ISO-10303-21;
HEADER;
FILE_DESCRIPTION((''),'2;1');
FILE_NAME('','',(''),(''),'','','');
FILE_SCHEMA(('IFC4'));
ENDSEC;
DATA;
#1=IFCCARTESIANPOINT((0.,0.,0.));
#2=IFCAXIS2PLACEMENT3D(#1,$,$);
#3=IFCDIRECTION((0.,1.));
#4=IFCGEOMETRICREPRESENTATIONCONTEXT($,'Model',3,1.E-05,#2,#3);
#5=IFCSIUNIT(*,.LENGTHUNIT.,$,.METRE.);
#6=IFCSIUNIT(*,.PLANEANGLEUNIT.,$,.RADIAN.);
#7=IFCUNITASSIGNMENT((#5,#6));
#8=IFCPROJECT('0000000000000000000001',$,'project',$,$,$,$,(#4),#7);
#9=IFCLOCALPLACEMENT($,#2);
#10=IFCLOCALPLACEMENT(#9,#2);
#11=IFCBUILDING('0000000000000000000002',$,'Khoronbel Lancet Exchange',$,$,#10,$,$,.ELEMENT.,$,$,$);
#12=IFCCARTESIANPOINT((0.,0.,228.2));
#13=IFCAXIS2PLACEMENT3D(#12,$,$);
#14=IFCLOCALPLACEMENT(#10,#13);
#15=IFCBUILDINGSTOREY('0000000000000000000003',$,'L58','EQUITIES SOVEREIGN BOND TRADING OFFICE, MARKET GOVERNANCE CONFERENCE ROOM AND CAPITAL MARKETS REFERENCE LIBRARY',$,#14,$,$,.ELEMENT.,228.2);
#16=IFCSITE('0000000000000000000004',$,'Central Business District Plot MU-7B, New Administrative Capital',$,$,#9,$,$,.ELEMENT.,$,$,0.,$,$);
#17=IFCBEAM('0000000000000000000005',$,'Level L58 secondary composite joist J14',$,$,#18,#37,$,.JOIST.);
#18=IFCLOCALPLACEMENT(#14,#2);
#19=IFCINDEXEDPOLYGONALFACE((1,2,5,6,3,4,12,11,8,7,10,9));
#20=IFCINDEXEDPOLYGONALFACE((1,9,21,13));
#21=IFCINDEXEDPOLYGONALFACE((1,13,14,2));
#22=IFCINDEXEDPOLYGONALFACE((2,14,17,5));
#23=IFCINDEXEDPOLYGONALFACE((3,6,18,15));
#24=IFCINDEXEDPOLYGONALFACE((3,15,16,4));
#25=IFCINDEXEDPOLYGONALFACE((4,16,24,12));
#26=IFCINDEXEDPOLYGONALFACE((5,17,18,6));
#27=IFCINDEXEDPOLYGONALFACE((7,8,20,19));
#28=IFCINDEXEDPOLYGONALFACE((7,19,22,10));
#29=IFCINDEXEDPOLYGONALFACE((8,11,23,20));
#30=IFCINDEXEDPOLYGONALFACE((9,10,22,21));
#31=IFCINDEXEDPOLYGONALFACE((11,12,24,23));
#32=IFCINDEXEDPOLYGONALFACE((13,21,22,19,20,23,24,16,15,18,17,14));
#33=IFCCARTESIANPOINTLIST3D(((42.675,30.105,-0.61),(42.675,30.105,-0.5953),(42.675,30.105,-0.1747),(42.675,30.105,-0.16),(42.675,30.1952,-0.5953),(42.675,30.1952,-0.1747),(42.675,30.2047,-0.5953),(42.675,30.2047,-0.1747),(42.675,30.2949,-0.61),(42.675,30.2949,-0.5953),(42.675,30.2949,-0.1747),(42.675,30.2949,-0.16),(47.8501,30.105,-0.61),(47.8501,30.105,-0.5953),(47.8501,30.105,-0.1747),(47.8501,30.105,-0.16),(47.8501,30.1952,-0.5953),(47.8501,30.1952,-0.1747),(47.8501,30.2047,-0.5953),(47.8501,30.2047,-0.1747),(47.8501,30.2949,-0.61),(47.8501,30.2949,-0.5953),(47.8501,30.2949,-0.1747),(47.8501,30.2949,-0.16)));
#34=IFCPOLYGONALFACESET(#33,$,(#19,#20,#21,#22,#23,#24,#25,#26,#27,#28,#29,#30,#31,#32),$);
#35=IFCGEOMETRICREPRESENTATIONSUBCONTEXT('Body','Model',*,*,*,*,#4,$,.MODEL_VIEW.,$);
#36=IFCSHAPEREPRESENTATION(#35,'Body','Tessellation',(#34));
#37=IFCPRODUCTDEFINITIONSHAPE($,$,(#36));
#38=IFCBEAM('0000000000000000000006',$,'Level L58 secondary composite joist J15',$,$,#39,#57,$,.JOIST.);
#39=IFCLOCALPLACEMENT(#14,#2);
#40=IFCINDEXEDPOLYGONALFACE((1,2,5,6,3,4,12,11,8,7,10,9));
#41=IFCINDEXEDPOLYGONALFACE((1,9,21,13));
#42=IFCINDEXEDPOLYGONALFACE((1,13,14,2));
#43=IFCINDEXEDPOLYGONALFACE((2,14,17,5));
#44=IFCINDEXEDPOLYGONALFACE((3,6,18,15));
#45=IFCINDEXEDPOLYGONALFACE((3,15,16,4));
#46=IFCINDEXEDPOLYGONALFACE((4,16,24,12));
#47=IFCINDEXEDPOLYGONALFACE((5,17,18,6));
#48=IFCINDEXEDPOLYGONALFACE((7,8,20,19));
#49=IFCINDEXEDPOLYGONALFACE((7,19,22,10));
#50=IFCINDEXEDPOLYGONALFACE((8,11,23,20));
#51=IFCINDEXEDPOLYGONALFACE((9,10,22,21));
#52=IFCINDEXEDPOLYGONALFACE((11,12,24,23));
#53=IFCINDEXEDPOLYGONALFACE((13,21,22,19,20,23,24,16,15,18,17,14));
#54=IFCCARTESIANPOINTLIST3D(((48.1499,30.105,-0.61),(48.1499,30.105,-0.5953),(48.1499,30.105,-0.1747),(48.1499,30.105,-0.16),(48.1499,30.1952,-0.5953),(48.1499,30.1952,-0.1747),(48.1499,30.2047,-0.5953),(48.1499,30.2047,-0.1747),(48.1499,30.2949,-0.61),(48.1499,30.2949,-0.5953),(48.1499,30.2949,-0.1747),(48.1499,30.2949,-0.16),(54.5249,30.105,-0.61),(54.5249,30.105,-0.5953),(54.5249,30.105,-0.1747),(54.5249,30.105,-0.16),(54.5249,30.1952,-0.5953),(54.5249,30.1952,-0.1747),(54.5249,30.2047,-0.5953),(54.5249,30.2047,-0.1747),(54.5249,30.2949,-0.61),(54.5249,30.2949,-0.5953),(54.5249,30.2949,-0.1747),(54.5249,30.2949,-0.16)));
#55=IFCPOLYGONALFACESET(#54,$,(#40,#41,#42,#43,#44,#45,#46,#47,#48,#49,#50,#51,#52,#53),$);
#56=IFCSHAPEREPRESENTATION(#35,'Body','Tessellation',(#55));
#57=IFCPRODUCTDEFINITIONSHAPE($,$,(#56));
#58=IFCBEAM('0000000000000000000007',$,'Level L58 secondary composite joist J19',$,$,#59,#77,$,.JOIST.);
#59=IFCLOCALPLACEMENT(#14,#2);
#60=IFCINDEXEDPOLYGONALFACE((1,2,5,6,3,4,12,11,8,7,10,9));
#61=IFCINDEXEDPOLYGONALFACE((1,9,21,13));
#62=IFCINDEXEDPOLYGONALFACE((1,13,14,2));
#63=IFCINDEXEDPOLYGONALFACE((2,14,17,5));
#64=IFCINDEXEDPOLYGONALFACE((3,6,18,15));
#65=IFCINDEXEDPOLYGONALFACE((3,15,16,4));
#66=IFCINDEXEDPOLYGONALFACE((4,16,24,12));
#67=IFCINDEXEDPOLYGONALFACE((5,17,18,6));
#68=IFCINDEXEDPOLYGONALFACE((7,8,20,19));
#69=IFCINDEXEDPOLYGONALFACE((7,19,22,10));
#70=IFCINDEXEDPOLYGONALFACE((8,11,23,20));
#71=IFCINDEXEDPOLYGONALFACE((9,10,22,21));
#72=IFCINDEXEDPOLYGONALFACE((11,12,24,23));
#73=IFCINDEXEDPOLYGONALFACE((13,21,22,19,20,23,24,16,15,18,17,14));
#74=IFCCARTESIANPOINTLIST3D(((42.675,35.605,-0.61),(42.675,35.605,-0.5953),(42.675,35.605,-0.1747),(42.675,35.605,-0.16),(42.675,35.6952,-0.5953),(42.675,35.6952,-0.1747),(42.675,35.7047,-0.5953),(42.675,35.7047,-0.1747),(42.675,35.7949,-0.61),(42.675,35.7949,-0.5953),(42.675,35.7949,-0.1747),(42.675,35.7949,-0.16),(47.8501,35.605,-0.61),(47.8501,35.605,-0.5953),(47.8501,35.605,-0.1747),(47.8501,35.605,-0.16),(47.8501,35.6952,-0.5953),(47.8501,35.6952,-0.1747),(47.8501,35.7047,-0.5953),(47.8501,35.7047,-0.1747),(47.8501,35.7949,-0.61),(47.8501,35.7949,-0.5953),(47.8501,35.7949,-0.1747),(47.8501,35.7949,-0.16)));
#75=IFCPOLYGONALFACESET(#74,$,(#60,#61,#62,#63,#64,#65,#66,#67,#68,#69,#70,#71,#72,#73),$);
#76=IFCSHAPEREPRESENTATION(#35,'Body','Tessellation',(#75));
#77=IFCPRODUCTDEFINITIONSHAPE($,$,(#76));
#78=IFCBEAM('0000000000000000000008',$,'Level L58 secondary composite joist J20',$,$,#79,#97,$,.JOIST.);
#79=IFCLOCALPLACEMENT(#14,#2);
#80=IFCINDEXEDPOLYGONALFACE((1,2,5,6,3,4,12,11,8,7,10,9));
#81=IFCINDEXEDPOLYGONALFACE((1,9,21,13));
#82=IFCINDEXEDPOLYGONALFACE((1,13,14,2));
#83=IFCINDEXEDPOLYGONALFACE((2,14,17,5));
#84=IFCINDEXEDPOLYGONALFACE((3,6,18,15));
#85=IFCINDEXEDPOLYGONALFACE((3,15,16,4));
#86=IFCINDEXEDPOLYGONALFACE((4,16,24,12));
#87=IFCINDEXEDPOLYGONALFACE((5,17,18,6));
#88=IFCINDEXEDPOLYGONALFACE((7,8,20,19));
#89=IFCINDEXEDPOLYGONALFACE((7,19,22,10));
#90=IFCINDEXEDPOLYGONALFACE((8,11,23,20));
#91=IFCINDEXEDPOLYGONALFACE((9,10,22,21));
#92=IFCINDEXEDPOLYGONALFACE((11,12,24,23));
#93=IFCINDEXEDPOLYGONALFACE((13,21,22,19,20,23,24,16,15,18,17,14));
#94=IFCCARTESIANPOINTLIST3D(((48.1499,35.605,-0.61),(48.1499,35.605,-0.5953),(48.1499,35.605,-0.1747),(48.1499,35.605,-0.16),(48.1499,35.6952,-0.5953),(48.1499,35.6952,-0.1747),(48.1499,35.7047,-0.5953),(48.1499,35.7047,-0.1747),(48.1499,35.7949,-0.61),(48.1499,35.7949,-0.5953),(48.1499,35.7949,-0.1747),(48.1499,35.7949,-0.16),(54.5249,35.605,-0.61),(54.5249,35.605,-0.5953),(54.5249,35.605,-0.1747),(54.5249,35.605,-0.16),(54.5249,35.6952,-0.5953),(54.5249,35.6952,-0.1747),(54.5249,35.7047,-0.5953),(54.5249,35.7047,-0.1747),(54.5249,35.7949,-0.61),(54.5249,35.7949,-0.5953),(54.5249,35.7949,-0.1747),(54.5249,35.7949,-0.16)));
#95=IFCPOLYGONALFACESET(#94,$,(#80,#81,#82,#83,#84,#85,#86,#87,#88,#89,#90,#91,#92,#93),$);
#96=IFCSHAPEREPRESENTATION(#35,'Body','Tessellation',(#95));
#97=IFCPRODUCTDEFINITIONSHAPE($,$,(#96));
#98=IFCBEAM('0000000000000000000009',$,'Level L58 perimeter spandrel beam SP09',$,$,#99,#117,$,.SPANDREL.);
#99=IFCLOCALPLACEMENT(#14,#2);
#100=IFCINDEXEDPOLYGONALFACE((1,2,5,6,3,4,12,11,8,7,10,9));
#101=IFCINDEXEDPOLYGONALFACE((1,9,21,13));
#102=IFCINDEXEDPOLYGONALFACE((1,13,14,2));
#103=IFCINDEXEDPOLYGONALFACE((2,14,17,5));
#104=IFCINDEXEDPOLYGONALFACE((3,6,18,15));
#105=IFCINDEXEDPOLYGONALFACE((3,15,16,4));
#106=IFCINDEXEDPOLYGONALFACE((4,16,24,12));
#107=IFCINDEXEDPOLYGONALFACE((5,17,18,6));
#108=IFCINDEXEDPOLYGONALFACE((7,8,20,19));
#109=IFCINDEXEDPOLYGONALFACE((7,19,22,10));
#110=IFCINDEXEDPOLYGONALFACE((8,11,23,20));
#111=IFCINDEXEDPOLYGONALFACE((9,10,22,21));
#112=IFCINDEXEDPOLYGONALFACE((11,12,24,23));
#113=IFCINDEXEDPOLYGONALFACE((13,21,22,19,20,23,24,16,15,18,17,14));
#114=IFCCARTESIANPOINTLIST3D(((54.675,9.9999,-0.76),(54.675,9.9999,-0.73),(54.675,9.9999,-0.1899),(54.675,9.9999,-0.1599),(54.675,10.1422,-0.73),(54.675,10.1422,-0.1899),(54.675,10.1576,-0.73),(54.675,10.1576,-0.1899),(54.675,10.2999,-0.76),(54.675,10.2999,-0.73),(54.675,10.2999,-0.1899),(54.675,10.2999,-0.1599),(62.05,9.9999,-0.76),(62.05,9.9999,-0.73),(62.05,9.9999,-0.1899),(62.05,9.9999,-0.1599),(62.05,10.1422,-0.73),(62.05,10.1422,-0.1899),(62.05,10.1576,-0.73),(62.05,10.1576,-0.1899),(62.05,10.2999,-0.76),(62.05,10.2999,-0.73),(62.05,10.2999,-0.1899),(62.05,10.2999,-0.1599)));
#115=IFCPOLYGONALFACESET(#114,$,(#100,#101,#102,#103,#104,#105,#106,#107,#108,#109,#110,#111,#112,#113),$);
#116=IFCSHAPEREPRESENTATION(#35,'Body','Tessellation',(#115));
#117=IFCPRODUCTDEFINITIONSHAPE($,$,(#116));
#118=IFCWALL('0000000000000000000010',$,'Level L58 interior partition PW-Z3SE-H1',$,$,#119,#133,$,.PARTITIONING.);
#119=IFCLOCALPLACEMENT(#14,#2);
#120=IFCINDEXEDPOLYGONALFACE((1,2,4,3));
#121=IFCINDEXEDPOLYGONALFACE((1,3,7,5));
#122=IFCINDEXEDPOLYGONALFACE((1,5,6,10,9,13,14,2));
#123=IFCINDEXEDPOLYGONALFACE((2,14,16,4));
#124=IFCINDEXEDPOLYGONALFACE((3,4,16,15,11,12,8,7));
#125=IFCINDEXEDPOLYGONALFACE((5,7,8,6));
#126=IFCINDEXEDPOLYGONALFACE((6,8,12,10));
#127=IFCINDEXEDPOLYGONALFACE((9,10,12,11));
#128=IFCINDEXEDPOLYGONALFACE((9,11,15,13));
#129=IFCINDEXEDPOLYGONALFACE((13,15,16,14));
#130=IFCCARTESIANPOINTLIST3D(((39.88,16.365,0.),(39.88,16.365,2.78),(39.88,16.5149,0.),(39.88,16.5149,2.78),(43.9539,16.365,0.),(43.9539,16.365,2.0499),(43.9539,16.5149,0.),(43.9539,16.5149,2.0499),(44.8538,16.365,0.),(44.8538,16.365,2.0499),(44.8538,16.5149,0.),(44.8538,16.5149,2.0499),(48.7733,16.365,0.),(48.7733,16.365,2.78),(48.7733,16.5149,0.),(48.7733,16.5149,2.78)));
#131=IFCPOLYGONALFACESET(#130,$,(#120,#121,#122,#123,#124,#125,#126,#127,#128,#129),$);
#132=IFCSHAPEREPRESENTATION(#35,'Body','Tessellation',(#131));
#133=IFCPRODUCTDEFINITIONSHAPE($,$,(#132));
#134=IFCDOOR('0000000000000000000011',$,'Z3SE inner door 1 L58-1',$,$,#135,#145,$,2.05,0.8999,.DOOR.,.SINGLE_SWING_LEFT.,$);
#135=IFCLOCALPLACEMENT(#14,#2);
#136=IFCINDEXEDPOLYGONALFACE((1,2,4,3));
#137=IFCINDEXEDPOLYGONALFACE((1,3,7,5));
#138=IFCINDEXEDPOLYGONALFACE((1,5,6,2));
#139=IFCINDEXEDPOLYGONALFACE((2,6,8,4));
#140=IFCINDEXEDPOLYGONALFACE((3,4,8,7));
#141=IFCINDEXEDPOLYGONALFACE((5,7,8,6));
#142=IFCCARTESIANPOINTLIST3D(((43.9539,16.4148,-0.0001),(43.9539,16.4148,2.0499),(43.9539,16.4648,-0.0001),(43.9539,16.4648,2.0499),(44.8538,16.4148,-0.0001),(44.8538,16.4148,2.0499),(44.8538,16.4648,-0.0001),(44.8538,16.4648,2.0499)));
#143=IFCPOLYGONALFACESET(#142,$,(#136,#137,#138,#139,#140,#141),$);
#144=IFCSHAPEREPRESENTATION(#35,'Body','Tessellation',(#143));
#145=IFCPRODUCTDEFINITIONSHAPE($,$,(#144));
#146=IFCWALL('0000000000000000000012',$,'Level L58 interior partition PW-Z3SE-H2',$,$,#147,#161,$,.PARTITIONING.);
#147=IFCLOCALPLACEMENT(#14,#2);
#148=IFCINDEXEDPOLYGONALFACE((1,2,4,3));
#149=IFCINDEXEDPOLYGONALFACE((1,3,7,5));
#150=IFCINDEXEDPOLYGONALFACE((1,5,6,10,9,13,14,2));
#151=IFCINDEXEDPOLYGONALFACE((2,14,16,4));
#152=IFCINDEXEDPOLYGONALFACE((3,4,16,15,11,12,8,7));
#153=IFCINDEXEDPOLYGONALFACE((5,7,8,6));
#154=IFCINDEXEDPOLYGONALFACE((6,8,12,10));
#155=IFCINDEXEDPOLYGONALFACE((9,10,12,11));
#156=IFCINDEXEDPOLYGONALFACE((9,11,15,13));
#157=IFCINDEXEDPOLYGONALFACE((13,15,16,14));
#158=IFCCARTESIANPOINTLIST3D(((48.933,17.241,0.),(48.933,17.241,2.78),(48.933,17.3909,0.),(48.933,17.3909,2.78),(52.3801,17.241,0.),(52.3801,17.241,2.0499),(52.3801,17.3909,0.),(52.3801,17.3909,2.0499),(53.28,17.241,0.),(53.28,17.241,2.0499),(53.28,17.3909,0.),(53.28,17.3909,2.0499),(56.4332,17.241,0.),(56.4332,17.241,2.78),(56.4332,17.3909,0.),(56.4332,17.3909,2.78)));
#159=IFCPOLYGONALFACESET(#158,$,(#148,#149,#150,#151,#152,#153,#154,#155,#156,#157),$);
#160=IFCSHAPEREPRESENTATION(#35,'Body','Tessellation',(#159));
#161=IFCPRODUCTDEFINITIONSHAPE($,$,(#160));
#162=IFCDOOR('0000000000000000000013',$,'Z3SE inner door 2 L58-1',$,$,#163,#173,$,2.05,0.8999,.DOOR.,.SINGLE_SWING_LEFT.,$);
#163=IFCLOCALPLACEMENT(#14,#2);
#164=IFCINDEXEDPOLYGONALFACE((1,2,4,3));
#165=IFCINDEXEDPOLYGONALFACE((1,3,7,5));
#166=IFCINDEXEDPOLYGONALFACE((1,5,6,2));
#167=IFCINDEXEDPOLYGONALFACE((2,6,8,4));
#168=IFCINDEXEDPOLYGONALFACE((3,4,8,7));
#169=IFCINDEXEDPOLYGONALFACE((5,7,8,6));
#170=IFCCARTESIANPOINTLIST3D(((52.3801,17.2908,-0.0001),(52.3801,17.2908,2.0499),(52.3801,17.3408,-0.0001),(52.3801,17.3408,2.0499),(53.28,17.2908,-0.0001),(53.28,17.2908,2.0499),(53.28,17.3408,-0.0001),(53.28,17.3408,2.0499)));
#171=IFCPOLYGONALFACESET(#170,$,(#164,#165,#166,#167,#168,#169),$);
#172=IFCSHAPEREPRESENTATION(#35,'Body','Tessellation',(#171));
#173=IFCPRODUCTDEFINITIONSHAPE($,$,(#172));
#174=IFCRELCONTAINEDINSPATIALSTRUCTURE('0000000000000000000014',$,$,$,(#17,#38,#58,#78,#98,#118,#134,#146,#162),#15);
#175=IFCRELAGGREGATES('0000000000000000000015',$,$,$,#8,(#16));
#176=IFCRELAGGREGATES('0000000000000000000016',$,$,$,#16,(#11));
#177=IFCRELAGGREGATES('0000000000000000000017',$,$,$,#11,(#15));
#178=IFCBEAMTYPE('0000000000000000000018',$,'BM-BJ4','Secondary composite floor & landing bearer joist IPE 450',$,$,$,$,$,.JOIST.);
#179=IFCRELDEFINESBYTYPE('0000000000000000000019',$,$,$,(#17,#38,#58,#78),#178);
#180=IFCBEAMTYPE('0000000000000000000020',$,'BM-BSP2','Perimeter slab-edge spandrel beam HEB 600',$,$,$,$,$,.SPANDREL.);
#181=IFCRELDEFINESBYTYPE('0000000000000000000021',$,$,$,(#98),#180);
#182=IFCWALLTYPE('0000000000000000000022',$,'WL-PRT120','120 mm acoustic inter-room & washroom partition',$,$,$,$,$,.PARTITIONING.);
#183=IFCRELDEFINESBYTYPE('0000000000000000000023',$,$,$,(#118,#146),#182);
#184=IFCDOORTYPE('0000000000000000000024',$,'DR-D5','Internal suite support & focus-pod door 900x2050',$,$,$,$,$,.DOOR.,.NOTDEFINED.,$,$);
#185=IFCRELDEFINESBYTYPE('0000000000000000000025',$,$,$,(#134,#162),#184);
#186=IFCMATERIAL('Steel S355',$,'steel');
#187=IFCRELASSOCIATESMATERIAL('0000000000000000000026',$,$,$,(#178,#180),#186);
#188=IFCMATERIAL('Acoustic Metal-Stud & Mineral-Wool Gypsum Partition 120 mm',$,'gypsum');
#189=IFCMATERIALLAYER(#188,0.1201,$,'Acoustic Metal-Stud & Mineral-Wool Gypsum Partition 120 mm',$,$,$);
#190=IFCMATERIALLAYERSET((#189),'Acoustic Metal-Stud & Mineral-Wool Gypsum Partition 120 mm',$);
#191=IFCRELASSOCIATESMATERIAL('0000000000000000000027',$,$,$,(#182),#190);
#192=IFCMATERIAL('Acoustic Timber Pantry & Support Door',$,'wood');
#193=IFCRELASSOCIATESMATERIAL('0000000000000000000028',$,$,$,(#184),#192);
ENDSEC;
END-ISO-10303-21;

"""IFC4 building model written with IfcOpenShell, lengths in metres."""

from ifc_helpers import new_model, si_unit, direction, frame, frame_2d, origin, origin_2d, place, context, subcontext, project, spatial, rectangle, i_section, extrude, material, layer, layer_set, material_profile, profile_set, type_object, element, fill, save


model = new_model("IFC4")

# Units and contexts
model_context = context("Model", 3, precision=1e-05, world=origin(), true_north=direction((0.0, 1.0)))
body_context = subcontext(model_context, "Body", "Model", "MODEL_VIEW")
ifc_project = project(units=[si_unit("LENGTHUNIT", "METRE"), si_unit("PLANEANGLEUNIT", "RADIAN")], contexts=[model_context])

# Site, building, storey
site_placement = place(None, origin())
site = spatial("IfcSite", under=ifc_project, at=site_placement, Name="Central Business District Plot MU-7B, New Administrative Capital", CompositionType="ELEMENT", RefElevation=0.0)
building_placement = place(site_placement, origin())
building = spatial("IfcBuilding", under=site, at=building_placement, Name="Khoronbel Lancet Exchange", CompositionType="ELEMENT")
storey_placement = place(building_placement, frame((0.0, 0.0, 228.2)))
storey = spatial("IfcBuildingStorey", under=building, at=storey_placement, Name="L58", Description="EQUITIES SOVEREIGN BOND TRADING OFFICE, MARKET GOVERNANCE CONFERENCE ROOM AND CAPITAL MARKETS REFERENCE LIBRARY", CompositionType="ELEMENT", Elevation=228.2)

# Shared definitions
ifc_material_1 = material(Name="Steel S355", Category="steel")

# Beams
ifc_material_profile_1 = material_profile(ifc_material_1, i_section(OverallWidth=0.1899, OverallDepth=0.45, WebThickness=0.0095, FlangeThickness=0.0146, at=origin_2d()), Name="IPE 450")
ifc_profile_set_1 = profile_set([ifc_material_profile_1], Name="Steel S355")
beam_type_1 = type_object("IfcBeamType", Name="BM-BJ4", Description="Secondary composite floor & landing bearer joist IPE 450", PredefinedType="JOIST", material=ifc_profile_set_1)
beam_1_placement = place(storey_placement, frame((42.675, 30.2, -0.385), z_axis=(1.0, 0.0, 0.0), x_axis=(0.0, 1.0, 0.0)))
element("IfcBeam", 1, at=beam_1_placement, inside=storey, type_object=beam_type_1, Name="Level L58 secondary composite joist J14", PredefinedType="JOIST", context=body_context, shape_type="SweptSolid", body=[
    extrude(i_section(OverallWidth=0.1899, OverallDepth=0.45, WebThickness=0.0095, FlangeThickness=0.0146, at=origin_2d()), origin(), (0.0, 0.0, 1.0), 5.175),
])
beam_2_placement = place(storey_placement, frame((48.1499, 30.2, -0.385), z_axis=(1.0, 0.0, 0.0), x_axis=(0.0, 1.0, 0.0)))
element("IfcBeam", 2, at=beam_2_placement, inside=storey, type_object=beam_type_1, Name="Level L58 secondary composite joist J15", PredefinedType="JOIST", context=body_context, shape_type="SweptSolid", body=[
    extrude(i_section(OverallWidth=0.1899, OverallDepth=0.45, WebThickness=0.0095, FlangeThickness=0.0146, at=origin_2d()), origin(), (0.0, 0.0, 1.0), 6.375),
])
beam_3_placement = place(storey_placement, frame((42.675, 35.7, -0.385), z_axis=(1.0, 0.0, 0.0), x_axis=(0.0, 1.0, 0.0)))
element("IfcBeam", 3, at=beam_3_placement, inside=storey, type_object=beam_type_1, Name="Level L58 secondary composite joist J19", PredefinedType="JOIST", context=body_context, shape_type="SweptSolid", body=[
    extrude(i_section(OverallWidth=0.1899, OverallDepth=0.45, WebThickness=0.0095, FlangeThickness=0.0146, at=origin_2d()), origin(), (0.0, 0.0, 1.0), 5.175),
])
beam_4_placement = place(storey_placement, frame((48.1499, 35.7, -0.385), z_axis=(1.0, 0.0, 0.0), x_axis=(0.0, 1.0, 0.0)))
element("IfcBeam", 4, at=beam_4_placement, inside=storey, type_object=beam_type_1, Name="Level L58 secondary composite joist J20", PredefinedType="JOIST", context=body_context, shape_type="SweptSolid", body=[
    extrude(i_section(OverallWidth=0.1899, OverallDepth=0.45, WebThickness=0.0095, FlangeThickness=0.0146, at=origin_2d()), origin(), (0.0, 0.0, 1.0), 6.375),
])
ifc_material_profile_2 = material_profile(ifc_material_1, i_section(OverallWidth=0.3, OverallDepth=0.6001, WebThickness=0.0154, FlangeThickness=0.03, at=origin_2d()), Name="HEB 600")
ifc_profile_set_2 = profile_set([ifc_material_profile_2], Name="Steel S355")
beam_type_2 = type_object("IfcBeamType", Name="BM-BSP2", Description="Perimeter slab-edge spandrel beam HEB 600", PredefinedType="SPANDREL", material=ifc_profile_set_2)
beam_5_placement = place(storey_placement, frame((54.675, 10.1499, -0.46), z_axis=(1.0, 0.0, 0.0), x_axis=(0.0, 1.0, 0.0)))
element("IfcBeam", 5, at=beam_5_placement, inside=storey, type_object=beam_type_2, Name="Level L58 perimeter spandrel beam SP09", PredefinedType="SPANDREL", context=body_context, shape_type="SweptSolid", body=[
    extrude(i_section(OverallWidth=0.3, OverallDepth=0.6001, WebThickness=0.0154, FlangeThickness=0.03, at=origin_2d()), origin(), (0.0, 0.0, 1.0), 7.375),
])

# Walls, openings, doors
ifc_material_2 = material(Name="Acoustic Metal-Stud & Mineral-Wool Gypsum Partition 120 mm", Category="gypsum")
ifc_layer_1 = layer(ifc_material_2, 0.1201, Name="Acoustic Metal-Stud & Mineral-Wool Gypsum Partition 120 mm")
ifc_layer_set_1 = layer_set([ifc_layer_1], Name="Acoustic Metal-Stud & Mineral-Wool Gypsum Partition 120 mm")
wall_type_1 = type_object("IfcWallType", Name="WL-PRT120", Description="120 mm acoustic inter-room & washroom partition", PredefinedType="PARTITIONING", material=ifc_layer_set_1)
wall_1_placement = place(storey_placement, frame((39.8799, 16.4399, 0.0), z_axis=(0.0, 0.0, 1.0), x_axis=(1.0, 0.0, 0.0)))
wall_1 = element("IfcWall", 6, at=wall_1_placement, inside=storey, type_object=wall_type_1, Name="Level L58 interior partition PW-Z3SE-H1", PredefinedType="PARTITIONING", context=body_context, shape_type="SweptSolid", body=[
    extrude(rectangle(XDim=8.8933, YDim=0.1499, at=frame_2d((4.4468, 0.0))), origin(), (0.0, 0.0, 1.0), 2.78),
])
opening_1_placement = place(wall_1_placement, frame((4.074, 0.0, 0.0)))
opening_1 = element("IfcOpeningElement", 7, at=opening_1_placement, cuts=wall_1, PredefinedType="OPENING", context=body_context, shape_type="SweptSolid", body=[
    extrude(rectangle(XDim=0.8999, YDim=2.05, at=frame_2d((0.45, 1.0249))), frame((0.0, 0.085, 0.0), z_axis=(0.0, -1.0, 0.0), x_axis=(1.0, 0.0, 0.0)), (0.0, 0.0, 1.0), 0.1699),
])
ifc_material_3 = material(Name="Acoustic Timber Pantry & Support Door", Category="wood")
door_type_1 = type_object("IfcDoorType", Name="DR-D5", Description="Internal suite support & focus-pod door 900x2050", OperationType="NOTDEFINED", PredefinedType="DOOR", material=ifc_material_3)
door_1_placement = place(opening_1_placement, origin())
door_1 = element("IfcDoor", 8, at=door_1_placement, inside=storey, type_object=door_type_1, Name="Z3SE inner door 1 L58-1", OperationType="SINGLE_SWING_LEFT", OverallHeight=2.05, OverallWidth=0.8999, PredefinedType="DOOR", context=body_context, shape_type="SweptSolid", body=[
    extrude(rectangle(XDim=0.8999, YDim=2.05, at=frame_2d((0.45, 1.0249))), frame((0.0, 0.0249, 0.0), z_axis=(0.0, -1.0, 0.0), x_axis=(1.0, 0.0, 0.0)), (0.0, 0.0, 1.0), 0.05),
])
fill(opening_1, door_1)
wall_2_placement = place(storey_placement, frame((48.9331, 17.3159, 0.0), z_axis=(0.0, 0.0, 1.0), x_axis=(1.0, 0.0, 0.0)))
wall_2 = element("IfcWall", 9, at=wall_2_placement, inside=storey, type_object=wall_type_1, Name="Level L58 interior partition PW-Z3SE-H2", PredefinedType="PARTITIONING", context=body_context, shape_type="SweptSolid", body=[
    extrude(rectangle(XDim=7.5002, YDim=0.1499, at=frame_2d((3.75, 0.0))), origin(), (0.0, 0.0, 1.0), 2.78),
])
opening_2_placement = place(wall_2_placement, frame((3.447, 0.0, 0.0)))
opening_2 = element("IfcOpeningElement", 10, at=opening_2_placement, cuts=wall_2, PredefinedType="OPENING", context=body_context, shape_type="SweptSolid", body=[
    extrude(rectangle(XDim=0.8999, YDim=2.05, at=frame_2d((0.45, 1.0249))), frame((0.0, 0.085, 0.0), z_axis=(0.0, -1.0, 0.0), x_axis=(1.0, 0.0, 0.0)), (0.0, 0.0, 1.0), 0.1699),
])
door_2_placement = place(opening_2_placement, origin())
door_2 = element("IfcDoor", 11, at=door_2_placement, inside=storey, type_object=door_type_1, Name="Z3SE inner door 2 L58-1", OperationType="SINGLE_SWING_LEFT", OverallHeight=2.05, OverallWidth=0.8999, PredefinedType="DOOR", context=body_context, shape_type="SweptSolid", body=[
    extrude(rectangle(XDim=0.8999, YDim=2.05, at=frame_2d((0.45, 1.0249))), frame((0.0, 0.0249, 0.0), z_axis=(0.0, -1.0, 0.0), x_axis=(1.0, 0.0, 0.0)), (0.0, 0.0, 1.0), 0.05),
])
fill(opening_2, door_2)

save(model, "model.ifc")
